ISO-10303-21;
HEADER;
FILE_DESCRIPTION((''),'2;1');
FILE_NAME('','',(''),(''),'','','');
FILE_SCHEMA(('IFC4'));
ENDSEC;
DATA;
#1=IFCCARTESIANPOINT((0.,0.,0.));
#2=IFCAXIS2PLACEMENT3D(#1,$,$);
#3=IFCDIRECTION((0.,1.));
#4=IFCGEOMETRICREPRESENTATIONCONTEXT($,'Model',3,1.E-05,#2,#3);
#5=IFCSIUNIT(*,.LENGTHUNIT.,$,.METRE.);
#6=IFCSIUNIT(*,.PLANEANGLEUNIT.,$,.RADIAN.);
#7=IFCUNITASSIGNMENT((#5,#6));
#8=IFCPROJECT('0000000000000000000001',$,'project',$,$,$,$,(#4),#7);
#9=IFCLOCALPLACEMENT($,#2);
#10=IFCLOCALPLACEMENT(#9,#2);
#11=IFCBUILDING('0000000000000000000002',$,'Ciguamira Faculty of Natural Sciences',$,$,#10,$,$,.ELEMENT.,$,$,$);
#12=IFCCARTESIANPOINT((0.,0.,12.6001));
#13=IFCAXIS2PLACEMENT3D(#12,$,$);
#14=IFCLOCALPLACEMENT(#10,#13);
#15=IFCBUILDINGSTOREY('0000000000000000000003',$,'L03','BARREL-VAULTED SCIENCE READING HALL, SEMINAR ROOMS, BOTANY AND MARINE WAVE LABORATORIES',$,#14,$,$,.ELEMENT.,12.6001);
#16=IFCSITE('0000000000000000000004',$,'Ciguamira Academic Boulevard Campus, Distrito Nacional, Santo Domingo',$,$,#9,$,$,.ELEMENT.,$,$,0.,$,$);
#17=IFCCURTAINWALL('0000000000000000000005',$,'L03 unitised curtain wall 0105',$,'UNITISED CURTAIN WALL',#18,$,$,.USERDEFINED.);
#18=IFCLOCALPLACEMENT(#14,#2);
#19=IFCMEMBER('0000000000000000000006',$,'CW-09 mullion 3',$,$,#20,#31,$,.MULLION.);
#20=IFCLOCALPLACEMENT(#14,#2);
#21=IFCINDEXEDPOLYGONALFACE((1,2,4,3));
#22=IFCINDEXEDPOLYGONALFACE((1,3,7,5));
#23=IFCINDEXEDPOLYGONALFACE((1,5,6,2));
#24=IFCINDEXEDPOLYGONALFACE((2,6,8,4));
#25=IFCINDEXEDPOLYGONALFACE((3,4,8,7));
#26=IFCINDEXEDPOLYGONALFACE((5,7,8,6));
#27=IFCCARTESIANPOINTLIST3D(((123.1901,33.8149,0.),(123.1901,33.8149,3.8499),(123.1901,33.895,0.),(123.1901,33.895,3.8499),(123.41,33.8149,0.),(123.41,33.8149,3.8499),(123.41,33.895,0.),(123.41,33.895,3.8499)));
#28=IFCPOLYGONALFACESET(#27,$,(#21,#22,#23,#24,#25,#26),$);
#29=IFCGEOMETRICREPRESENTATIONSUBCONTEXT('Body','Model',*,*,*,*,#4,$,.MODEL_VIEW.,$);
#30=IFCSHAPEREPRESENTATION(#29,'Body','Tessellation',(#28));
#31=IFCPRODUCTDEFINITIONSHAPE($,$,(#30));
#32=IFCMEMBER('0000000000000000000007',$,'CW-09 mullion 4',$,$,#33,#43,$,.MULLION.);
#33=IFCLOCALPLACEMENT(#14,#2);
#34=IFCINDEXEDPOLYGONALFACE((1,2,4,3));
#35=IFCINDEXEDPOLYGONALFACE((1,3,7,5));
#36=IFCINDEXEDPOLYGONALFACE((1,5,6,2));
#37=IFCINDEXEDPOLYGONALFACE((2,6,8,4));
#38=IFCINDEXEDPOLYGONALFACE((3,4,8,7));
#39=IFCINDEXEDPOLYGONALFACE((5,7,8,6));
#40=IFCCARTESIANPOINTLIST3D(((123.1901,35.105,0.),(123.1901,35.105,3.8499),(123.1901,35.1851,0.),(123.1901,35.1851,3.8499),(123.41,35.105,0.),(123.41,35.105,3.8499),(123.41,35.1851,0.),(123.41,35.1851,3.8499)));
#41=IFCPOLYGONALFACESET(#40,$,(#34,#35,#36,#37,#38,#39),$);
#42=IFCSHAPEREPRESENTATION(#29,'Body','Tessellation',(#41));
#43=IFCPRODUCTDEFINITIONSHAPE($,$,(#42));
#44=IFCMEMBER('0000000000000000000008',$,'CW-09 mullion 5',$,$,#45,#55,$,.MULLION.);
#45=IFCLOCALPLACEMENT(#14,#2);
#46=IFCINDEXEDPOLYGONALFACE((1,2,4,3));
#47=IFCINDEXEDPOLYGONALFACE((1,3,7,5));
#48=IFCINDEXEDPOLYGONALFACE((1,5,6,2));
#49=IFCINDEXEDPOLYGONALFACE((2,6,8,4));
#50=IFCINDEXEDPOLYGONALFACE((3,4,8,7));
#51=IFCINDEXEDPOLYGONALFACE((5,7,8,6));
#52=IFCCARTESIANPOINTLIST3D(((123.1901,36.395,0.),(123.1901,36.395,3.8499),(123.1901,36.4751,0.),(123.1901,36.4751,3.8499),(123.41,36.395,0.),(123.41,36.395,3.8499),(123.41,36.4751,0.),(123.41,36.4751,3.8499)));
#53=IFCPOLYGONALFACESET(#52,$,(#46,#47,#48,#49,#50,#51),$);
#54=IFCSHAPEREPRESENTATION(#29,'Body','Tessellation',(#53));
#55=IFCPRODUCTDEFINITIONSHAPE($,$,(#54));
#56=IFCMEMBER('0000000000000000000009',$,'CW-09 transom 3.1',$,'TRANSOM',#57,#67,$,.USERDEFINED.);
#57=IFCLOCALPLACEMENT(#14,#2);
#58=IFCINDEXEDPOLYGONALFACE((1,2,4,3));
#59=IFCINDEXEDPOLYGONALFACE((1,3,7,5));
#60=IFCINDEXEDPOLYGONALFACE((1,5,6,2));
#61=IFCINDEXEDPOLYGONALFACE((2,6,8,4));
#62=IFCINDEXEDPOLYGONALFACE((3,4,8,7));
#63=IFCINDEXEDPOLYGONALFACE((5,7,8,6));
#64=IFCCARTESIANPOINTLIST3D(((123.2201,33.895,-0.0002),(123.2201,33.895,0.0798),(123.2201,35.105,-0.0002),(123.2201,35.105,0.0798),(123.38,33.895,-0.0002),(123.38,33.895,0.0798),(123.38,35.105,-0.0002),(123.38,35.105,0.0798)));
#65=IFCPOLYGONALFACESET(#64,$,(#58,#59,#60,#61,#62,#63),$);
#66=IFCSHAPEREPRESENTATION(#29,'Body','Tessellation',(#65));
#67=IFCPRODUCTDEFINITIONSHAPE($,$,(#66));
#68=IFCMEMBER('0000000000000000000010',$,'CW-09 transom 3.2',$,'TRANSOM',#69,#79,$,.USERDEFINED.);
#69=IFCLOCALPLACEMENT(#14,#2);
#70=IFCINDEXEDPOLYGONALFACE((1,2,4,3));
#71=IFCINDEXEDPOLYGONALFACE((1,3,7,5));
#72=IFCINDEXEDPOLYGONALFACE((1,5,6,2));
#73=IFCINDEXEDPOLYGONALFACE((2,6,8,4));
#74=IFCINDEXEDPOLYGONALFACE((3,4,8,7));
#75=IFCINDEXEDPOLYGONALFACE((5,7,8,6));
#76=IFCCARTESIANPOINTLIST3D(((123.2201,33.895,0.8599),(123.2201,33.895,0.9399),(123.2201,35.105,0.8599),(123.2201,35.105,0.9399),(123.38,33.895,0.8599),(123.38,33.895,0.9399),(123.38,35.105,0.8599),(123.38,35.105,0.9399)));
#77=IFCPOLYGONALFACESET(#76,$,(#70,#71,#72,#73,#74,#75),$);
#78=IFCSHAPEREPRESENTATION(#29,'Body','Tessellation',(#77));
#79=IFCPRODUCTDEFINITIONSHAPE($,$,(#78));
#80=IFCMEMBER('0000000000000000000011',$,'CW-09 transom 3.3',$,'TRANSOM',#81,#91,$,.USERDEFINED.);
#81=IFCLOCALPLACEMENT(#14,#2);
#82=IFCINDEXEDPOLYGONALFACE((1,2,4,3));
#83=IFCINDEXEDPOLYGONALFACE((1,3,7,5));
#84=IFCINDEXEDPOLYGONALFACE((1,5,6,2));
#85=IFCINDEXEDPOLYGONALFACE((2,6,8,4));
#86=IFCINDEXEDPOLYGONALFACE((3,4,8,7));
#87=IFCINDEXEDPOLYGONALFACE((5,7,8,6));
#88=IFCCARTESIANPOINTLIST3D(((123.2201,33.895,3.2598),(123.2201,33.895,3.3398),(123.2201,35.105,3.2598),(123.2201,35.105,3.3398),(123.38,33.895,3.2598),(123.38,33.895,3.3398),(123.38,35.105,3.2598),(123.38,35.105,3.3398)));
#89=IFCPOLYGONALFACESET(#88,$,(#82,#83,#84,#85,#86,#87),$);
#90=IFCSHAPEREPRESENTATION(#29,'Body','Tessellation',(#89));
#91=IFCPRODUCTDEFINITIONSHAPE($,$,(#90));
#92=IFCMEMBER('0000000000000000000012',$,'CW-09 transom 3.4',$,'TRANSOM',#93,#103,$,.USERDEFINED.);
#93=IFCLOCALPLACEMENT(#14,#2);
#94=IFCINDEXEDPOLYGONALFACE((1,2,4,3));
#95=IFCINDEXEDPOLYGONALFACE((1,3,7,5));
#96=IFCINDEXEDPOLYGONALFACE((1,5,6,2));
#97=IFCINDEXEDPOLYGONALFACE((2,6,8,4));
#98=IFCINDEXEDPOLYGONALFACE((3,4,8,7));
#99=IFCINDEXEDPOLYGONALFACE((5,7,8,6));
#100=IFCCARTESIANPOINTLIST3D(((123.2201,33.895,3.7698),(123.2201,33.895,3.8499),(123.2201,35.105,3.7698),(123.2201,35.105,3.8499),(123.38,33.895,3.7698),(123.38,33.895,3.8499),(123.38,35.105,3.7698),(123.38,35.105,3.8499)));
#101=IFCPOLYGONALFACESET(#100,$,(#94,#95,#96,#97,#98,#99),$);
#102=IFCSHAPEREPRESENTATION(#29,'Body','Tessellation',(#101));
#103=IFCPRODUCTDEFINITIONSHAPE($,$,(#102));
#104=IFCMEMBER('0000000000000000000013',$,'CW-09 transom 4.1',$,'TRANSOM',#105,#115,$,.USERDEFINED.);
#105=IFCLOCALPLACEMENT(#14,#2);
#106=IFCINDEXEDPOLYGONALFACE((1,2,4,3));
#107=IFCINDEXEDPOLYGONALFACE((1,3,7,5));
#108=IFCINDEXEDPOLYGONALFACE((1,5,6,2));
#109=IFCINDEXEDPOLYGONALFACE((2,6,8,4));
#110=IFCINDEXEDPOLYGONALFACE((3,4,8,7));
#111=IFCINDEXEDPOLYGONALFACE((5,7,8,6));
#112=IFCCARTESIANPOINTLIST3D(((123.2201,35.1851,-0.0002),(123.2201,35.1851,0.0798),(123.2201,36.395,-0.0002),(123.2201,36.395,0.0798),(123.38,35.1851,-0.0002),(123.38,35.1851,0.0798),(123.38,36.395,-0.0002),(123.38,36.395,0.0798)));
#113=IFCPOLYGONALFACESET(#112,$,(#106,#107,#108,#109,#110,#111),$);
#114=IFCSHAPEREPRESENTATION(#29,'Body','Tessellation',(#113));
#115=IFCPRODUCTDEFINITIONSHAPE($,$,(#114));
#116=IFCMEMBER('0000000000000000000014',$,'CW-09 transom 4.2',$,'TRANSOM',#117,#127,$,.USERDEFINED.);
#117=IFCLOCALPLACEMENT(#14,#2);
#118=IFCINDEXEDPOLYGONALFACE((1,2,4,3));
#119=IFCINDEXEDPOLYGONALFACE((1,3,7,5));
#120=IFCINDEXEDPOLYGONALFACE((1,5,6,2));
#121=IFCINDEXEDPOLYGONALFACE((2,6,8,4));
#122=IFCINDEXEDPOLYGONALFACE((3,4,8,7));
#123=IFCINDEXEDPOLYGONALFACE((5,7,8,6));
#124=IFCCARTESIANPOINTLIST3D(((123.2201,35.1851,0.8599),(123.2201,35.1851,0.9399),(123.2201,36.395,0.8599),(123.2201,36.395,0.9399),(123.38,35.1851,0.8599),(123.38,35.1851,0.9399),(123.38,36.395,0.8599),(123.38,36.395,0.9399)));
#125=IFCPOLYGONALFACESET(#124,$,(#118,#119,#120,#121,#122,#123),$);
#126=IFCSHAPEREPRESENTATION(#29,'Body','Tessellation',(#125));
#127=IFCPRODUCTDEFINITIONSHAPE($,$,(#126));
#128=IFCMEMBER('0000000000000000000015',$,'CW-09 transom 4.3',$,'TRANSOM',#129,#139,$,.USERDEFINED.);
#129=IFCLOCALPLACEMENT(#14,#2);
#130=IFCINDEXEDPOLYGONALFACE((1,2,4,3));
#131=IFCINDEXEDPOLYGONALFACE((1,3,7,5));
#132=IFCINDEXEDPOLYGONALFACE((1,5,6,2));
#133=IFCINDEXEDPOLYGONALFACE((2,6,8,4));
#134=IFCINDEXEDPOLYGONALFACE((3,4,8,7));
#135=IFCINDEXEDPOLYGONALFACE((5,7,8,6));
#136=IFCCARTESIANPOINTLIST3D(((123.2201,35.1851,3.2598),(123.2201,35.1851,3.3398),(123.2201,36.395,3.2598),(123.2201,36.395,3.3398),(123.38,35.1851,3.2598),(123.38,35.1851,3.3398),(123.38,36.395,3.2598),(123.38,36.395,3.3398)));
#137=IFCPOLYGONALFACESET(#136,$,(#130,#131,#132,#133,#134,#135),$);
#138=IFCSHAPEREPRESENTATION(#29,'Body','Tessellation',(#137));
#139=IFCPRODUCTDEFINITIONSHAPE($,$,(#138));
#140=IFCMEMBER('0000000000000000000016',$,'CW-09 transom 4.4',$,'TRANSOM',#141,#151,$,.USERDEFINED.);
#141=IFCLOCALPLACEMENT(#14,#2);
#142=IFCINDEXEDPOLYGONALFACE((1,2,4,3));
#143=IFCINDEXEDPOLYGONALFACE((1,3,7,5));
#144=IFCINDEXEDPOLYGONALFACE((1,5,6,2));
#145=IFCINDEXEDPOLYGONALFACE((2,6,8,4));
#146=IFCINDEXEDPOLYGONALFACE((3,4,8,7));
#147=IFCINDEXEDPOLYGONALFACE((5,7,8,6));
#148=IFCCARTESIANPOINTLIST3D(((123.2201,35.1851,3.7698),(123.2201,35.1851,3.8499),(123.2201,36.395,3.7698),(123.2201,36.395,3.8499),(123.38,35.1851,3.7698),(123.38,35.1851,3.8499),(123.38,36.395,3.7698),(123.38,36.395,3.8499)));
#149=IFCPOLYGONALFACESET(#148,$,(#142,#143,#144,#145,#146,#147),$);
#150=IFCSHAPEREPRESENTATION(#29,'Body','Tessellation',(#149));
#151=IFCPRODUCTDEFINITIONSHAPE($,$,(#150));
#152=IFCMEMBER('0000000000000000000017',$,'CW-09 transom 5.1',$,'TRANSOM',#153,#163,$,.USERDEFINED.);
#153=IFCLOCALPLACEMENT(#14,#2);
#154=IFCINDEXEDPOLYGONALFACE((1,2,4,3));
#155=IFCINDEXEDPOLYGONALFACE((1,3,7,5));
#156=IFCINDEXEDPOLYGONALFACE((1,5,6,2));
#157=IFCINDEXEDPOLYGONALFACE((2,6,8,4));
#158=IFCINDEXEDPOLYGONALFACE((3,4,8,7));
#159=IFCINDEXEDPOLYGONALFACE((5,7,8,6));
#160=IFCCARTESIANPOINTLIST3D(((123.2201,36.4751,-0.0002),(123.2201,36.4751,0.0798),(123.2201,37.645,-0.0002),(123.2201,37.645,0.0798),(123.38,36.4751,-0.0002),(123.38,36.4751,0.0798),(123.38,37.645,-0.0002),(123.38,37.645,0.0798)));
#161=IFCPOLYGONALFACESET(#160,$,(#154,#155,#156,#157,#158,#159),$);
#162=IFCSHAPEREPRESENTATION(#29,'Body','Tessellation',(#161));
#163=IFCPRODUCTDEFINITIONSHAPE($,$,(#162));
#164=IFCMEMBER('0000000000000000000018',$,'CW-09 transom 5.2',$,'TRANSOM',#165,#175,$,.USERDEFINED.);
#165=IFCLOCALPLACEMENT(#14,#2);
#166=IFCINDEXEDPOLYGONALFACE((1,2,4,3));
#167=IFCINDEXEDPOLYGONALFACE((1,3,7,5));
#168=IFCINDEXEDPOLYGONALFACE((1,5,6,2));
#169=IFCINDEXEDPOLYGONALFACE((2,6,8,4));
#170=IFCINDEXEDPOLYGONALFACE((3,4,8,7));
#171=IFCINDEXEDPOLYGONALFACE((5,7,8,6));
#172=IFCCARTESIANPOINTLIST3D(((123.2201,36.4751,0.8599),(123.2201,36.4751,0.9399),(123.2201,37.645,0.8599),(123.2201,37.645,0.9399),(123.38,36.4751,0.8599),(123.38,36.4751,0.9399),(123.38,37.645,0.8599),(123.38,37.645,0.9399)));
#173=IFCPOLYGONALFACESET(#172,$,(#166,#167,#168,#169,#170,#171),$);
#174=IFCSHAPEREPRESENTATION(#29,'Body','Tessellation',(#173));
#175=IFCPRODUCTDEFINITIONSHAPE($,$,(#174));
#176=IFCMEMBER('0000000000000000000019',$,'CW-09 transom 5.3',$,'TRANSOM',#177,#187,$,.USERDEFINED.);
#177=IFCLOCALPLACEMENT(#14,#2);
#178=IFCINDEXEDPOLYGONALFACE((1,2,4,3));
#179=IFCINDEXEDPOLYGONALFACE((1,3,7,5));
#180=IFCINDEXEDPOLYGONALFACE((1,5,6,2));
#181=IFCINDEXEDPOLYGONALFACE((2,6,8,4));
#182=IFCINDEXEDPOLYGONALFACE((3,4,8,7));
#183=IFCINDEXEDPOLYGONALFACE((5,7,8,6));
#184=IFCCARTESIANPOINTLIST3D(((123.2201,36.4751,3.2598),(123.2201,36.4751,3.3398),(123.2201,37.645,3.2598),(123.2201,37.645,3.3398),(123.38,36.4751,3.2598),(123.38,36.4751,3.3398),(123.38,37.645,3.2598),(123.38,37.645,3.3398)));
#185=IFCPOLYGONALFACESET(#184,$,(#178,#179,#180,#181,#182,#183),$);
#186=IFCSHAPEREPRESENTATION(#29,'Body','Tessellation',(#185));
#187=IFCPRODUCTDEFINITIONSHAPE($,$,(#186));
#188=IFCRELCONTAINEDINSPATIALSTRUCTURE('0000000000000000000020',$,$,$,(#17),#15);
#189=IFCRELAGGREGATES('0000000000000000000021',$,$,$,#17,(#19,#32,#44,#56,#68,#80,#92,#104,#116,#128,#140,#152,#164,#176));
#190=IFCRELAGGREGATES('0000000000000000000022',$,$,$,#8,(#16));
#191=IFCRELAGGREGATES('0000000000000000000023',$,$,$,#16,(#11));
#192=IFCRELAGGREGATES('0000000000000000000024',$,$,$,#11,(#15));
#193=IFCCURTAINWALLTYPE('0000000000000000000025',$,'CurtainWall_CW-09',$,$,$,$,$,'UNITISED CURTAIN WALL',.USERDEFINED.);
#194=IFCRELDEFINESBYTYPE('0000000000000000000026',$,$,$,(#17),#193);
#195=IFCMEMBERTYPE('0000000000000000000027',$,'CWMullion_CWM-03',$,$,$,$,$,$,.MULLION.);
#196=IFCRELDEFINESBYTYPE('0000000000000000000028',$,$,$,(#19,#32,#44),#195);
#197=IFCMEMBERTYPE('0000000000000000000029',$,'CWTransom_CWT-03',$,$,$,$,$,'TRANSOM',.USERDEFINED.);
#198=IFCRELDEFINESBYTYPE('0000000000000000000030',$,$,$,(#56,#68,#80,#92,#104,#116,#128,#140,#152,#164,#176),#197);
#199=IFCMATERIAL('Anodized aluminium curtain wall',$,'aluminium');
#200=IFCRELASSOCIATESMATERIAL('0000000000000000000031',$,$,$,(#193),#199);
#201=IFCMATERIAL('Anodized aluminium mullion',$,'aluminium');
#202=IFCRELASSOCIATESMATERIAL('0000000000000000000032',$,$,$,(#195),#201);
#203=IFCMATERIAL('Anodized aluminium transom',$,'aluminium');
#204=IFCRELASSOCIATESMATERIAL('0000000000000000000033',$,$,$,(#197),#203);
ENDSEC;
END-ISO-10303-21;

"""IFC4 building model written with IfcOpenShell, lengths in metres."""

from ifc_helpers import new_model, si_unit, direction, frame, origin, origin_2d, place, context, subcontext, project, spatial, rectangle, extrude, material, material_profile, profile_set, type_object, element, aggregate, save


model = new_model("IFC4")

# Units and contexts
model_context = context("Model", 3, precision=1e-05, world=origin(), true_north=direction((0.0, 1.0)))
body_context = subcontext(model_context, "Body", "Model", "MODEL_VIEW")
ifc_project = project(units=[si_unit("LENGTHUNIT", "METRE"), si_unit("PLANEANGLEUNIT", "RADIAN")], contexts=[model_context])

# Site, building, storey
site_placement = place(None, origin())
site = spatial("IfcSite", under=ifc_project, at=site_placement, Name="Ciguamira Academic Boulevard Campus, Distrito Nacional, Santo Domingo", CompositionType="ELEMENT", RefElevation=0.0)
building_placement = place(site_placement, origin())
building = spatial("IfcBuilding", under=site, at=building_placement, Name="Ciguamira Faculty of Natural Sciences", CompositionType="ELEMENT")
storey_placement = place(building_placement, frame((0.0, 0.0, 12.6001)))
storey = spatial("IfcBuildingStorey", under=building, at=storey_placement, Name="L03", Description="BARREL-VAULTED SCIENCE READING HALL, SEMINAR ROOMS, BOTANY AND MARINE WAVE LABORATORIES", CompositionType="ELEMENT", Elevation=12.6001)

# Curtain wall, members
ifc_material_1 = material(Name="Anodized aluminium curtain wall", Category="aluminium")
curtain_wall_type = type_object("IfcCurtainWallType", Name="CurtainWall_CW-09", ElementType="UNITISED CURTAIN WALL", PredefinedType="USERDEFINED", material=ifc_material_1)
curtain_wall_placement = place(storey_placement, origin())
curtain_wall = element("IfcCurtainWall", 1, at=curtain_wall_placement, inside=storey, type_object=curtain_wall_type, Name="L03 unitised curtain wall 0105", ObjectType="UNITISED CURTAIN WALL", PredefinedType="USERDEFINED")
ifc_material_2 = material(Name="Anodized aluminium mullion", Category="aluminium")
ifc_material_profile_1 = material_profile(ifc_material_2, rectangle(XDim=0.0801, YDim=0.22, at=origin_2d()), Name="ALU-MUL-80X220")
ifc_profile_set_1 = profile_set([ifc_material_profile_1], Name="Anodized aluminium mullion")
member_type_1 = type_object("IfcMemberType", Name="CWMullion_CWM-03", PredefinedType="MULLION", material=ifc_profile_set_1)
member_1_placement = place(storey_placement, frame((123.3, 33.855, 0.0), z_axis=(0.0, 0.0, 1.0), x_axis=(0.0, 1.0, 0.0)))
member_1 = element("IfcMember", 2, at=member_1_placement, type_object=member_type_1, Name="CW-09 mullion 3", PredefinedType="MULLION", context=body_context, shape_type="SweptSolid", body=[
    extrude(rectangle(XDim=0.0801, YDim=0.22, at=origin_2d()), origin(), (0.0, 0.0, 1.0), 3.8499),
])
member_2_placement = place(storey_placement, frame((123.3, 35.145, 0.0), z_axis=(0.0, 0.0, 1.0), x_axis=(0.0, 1.0, 0.0)))
member_2 = element("IfcMember", 3, at=member_2_placement, type_object=member_type_1, Name="CW-09 mullion 4", PredefinedType="MULLION", context=body_context, shape_type="SweptSolid", body=[
    extrude(rectangle(XDim=0.0801, YDim=0.22, at=origin_2d()), origin(), (0.0, 0.0, 1.0), 3.8499),
])
member_3_placement = place(storey_placement, frame((123.3, 36.4351, 0.0), z_axis=(0.0, 0.0, 1.0), x_axis=(0.0, 1.0, 0.0)))
member_3 = element("IfcMember", 4, at=member_3_placement, type_object=member_type_1, Name="CW-09 mullion 5", PredefinedType="MULLION", context=body_context, shape_type="SweptSolid", body=[
    extrude(rectangle(XDim=0.0801, YDim=0.22, at=origin_2d()), origin(), (0.0, 0.0, 1.0), 3.8499),
])
ifc_material_3 = material(Name="Anodized aluminium transom", Category="aluminium")
ifc_material_profile_2 = material_profile(ifc_material_3, rectangle(XDim=0.0801, YDim=0.1599, at=origin_2d()), Name="ALU-TRN-80X160")
ifc_profile_set_2 = profile_set([ifc_material_profile_2], Name="Anodized aluminium transom")
member_type_2 = type_object("IfcMemberType", Name="CWTransom_CWT-03", ElementType="TRANSOM", PredefinedType="USERDEFINED", material=ifc_profile_set_2)
member_4_placement = place(storey_placement, frame((123.3, 33.895, 0.0398), z_axis=(0.0, 1.0, 0.0), x_axis=(0.0, 0.0, 1.0)))
member_4 = element("IfcMember", 5, at=member_4_placement, type_object=member_type_2, Name="CW-09 transom 3.1", ObjectType="TRANSOM", PredefinedType="USERDEFINED", context=body_context, shape_type="SweptSolid", body=[
    extrude(rectangle(XDim=0.0801, YDim=0.1599, at=origin_2d()), origin(), (0.0, 0.0, 1.0), 1.21),
])
member_5_placement = place(storey_placement, frame((123.3, 33.895, 0.8999), z_axis=(0.0, 1.0, 0.0), x_axis=(0.0, 0.0, 1.0)))
member_5 = element("IfcMember", 6, at=member_5_placement, type_object=member_type_2, Name="CW-09 transom 3.2", ObjectType="TRANSOM", PredefinedType="USERDEFINED", context=body_context, shape_type="SweptSolid", body=[
    extrude(rectangle(XDim=0.0801, YDim=0.1599, at=origin_2d()), origin(), (0.0, 0.0, 1.0), 1.21),
])
member_6_placement = place(storey_placement, frame((123.3, 33.895, 3.2998), z_axis=(0.0, 1.0, 0.0), x_axis=(0.0, 0.0, 1.0)))
member_6 = element("IfcMember", 7, at=member_6_placement, type_object=member_type_2, Name="CW-09 transom 3.3", ObjectType="TRANSOM", PredefinedType="USERDEFINED", context=body_context, shape_type="SweptSolid", body=[
    extrude(rectangle(XDim=0.0801, YDim=0.1599, at=origin_2d()), origin(), (0.0, 0.0, 1.0), 1.21),
])
member_7_placement = place(storey_placement, frame((123.3, 33.895, 3.8098), z_axis=(0.0, 1.0, 0.0), x_axis=(0.0, 0.0, 1.0)))
member_7 = element("IfcMember", 8, at=member_7_placement, type_object=member_type_2, Name="CW-09 transom 3.4", ObjectType="TRANSOM", PredefinedType="USERDEFINED", context=body_context, shape_type="SweptSolid", body=[
    extrude(rectangle(XDim=0.0801, YDim=0.1599, at=origin_2d()), origin(), (0.0, 0.0, 1.0), 1.21),
])
member_8_placement = place(storey_placement, frame((123.3, 35.1851, 0.0398), z_axis=(0.0, 1.0, 0.0), x_axis=(0.0, 0.0, 1.0)))
member_8 = element("IfcMember", 9, at=member_8_placement, type_object=member_type_2, Name="CW-09 transom 4.1", ObjectType="TRANSOM", PredefinedType="USERDEFINED", context=body_context, shape_type="SweptSolid", body=[
    extrude(rectangle(XDim=0.0801, YDim=0.1599, at=origin_2d()), origin(), (0.0, 0.0, 1.0), 1.21),
])
member_9_placement = place(storey_placement, frame((123.3, 35.1851, 0.8999), z_axis=(0.0, 1.0, 0.0), x_axis=(0.0, 0.0, 1.0)))
member_9 = element("IfcMember", 10, at=member_9_placement, type_object=member_type_2, Name="CW-09 transom 4.2", ObjectType="TRANSOM", PredefinedType="USERDEFINED", context=body_context, shape_type="SweptSolid", body=[
    extrude(rectangle(XDim=0.0801, YDim=0.1599, at=origin_2d()), origin(), (0.0, 0.0, 1.0), 1.21),
])
member_10_placement = place(storey_placement, frame((123.3, 35.1851, 3.2998), z_axis=(0.0, 1.0, 0.0), x_axis=(0.0, 0.0, 1.0)))
member_10 = element("IfcMember", 11, at=member_10_placement, type_object=member_type_2, Name="CW-09 transom 4.3", ObjectType="TRANSOM", PredefinedType="USERDEFINED", context=body_context, shape_type="SweptSolid", body=[
    extrude(rectangle(XDim=0.0801, YDim=0.1599, at=origin_2d()), origin(), (0.0, 0.0, 1.0), 1.21),
])
member_11_placement = place(storey_placement, frame((123.3, 35.1851, 3.8098), z_axis=(0.0, 1.0, 0.0), x_axis=(0.0, 0.0, 1.0)))
member_11 = element("IfcMember", 12, at=member_11_placement, type_object=member_type_2, Name="CW-09 transom 4.4", ObjectType="TRANSOM", PredefinedType="USERDEFINED", context=body_context, shape_type="SweptSolid", body=[
    extrude(rectangle(XDim=0.0801, YDim=0.1599, at=origin_2d()), origin(), (0.0, 0.0, 1.0), 1.21),
])
member_12_placement = place(storey_placement, frame((123.3, 36.4751, 0.0398), z_axis=(0.0, 1.0, 0.0), x_axis=(0.0, 0.0, 1.0)))
member_12 = element("IfcMember", 13, at=member_12_placement, type_object=member_type_2, Name="CW-09 transom 5.1", ObjectType="TRANSOM", PredefinedType="USERDEFINED", context=body_context, shape_type="SweptSolid", body=[
    extrude(rectangle(XDim=0.0801, YDim=0.1599, at=origin_2d()), origin(), (0.0, 0.0, 1.0), 1.1699),
])
member_13_placement = place(storey_placement, frame((123.3, 36.4751, 0.8999), z_axis=(0.0, 1.0, 0.0), x_axis=(0.0, 0.0, 1.0)))
member_13 = element("IfcMember", 14, at=member_13_placement, type_object=member_type_2, Name="CW-09 transom 5.2", ObjectType="TRANSOM", PredefinedType="USERDEFINED", context=body_context, shape_type="SweptSolid", body=[
    extrude(rectangle(XDim=0.0801, YDim=0.1599, at=origin_2d()), origin(), (0.0, 0.0, 1.0), 1.1699),
])
member_14_placement = place(storey_placement, frame((123.3, 36.4751, 3.2998), z_axis=(0.0, 1.0, 0.0), x_axis=(0.0, 0.0, 1.0)))
member_14 = element("IfcMember", 15, at=member_14_placement, type_object=member_type_2, Name="CW-09 transom 5.3", ObjectType="TRANSOM", PredefinedType="USERDEFINED", context=body_context, shape_type="SweptSolid", body=[
    extrude(rectangle(XDim=0.0801, YDim=0.1599, at=origin_2d()), origin(), (0.0, 0.0, 1.0), 1.1699),
])
aggregate(curtain_wall, [member_1, member_2, member_3, member_4, member_5, member_6, member_7, member_8, member_9, member_10, member_11, member_12, member_13, member_14])

save(model, "model.ifc")
